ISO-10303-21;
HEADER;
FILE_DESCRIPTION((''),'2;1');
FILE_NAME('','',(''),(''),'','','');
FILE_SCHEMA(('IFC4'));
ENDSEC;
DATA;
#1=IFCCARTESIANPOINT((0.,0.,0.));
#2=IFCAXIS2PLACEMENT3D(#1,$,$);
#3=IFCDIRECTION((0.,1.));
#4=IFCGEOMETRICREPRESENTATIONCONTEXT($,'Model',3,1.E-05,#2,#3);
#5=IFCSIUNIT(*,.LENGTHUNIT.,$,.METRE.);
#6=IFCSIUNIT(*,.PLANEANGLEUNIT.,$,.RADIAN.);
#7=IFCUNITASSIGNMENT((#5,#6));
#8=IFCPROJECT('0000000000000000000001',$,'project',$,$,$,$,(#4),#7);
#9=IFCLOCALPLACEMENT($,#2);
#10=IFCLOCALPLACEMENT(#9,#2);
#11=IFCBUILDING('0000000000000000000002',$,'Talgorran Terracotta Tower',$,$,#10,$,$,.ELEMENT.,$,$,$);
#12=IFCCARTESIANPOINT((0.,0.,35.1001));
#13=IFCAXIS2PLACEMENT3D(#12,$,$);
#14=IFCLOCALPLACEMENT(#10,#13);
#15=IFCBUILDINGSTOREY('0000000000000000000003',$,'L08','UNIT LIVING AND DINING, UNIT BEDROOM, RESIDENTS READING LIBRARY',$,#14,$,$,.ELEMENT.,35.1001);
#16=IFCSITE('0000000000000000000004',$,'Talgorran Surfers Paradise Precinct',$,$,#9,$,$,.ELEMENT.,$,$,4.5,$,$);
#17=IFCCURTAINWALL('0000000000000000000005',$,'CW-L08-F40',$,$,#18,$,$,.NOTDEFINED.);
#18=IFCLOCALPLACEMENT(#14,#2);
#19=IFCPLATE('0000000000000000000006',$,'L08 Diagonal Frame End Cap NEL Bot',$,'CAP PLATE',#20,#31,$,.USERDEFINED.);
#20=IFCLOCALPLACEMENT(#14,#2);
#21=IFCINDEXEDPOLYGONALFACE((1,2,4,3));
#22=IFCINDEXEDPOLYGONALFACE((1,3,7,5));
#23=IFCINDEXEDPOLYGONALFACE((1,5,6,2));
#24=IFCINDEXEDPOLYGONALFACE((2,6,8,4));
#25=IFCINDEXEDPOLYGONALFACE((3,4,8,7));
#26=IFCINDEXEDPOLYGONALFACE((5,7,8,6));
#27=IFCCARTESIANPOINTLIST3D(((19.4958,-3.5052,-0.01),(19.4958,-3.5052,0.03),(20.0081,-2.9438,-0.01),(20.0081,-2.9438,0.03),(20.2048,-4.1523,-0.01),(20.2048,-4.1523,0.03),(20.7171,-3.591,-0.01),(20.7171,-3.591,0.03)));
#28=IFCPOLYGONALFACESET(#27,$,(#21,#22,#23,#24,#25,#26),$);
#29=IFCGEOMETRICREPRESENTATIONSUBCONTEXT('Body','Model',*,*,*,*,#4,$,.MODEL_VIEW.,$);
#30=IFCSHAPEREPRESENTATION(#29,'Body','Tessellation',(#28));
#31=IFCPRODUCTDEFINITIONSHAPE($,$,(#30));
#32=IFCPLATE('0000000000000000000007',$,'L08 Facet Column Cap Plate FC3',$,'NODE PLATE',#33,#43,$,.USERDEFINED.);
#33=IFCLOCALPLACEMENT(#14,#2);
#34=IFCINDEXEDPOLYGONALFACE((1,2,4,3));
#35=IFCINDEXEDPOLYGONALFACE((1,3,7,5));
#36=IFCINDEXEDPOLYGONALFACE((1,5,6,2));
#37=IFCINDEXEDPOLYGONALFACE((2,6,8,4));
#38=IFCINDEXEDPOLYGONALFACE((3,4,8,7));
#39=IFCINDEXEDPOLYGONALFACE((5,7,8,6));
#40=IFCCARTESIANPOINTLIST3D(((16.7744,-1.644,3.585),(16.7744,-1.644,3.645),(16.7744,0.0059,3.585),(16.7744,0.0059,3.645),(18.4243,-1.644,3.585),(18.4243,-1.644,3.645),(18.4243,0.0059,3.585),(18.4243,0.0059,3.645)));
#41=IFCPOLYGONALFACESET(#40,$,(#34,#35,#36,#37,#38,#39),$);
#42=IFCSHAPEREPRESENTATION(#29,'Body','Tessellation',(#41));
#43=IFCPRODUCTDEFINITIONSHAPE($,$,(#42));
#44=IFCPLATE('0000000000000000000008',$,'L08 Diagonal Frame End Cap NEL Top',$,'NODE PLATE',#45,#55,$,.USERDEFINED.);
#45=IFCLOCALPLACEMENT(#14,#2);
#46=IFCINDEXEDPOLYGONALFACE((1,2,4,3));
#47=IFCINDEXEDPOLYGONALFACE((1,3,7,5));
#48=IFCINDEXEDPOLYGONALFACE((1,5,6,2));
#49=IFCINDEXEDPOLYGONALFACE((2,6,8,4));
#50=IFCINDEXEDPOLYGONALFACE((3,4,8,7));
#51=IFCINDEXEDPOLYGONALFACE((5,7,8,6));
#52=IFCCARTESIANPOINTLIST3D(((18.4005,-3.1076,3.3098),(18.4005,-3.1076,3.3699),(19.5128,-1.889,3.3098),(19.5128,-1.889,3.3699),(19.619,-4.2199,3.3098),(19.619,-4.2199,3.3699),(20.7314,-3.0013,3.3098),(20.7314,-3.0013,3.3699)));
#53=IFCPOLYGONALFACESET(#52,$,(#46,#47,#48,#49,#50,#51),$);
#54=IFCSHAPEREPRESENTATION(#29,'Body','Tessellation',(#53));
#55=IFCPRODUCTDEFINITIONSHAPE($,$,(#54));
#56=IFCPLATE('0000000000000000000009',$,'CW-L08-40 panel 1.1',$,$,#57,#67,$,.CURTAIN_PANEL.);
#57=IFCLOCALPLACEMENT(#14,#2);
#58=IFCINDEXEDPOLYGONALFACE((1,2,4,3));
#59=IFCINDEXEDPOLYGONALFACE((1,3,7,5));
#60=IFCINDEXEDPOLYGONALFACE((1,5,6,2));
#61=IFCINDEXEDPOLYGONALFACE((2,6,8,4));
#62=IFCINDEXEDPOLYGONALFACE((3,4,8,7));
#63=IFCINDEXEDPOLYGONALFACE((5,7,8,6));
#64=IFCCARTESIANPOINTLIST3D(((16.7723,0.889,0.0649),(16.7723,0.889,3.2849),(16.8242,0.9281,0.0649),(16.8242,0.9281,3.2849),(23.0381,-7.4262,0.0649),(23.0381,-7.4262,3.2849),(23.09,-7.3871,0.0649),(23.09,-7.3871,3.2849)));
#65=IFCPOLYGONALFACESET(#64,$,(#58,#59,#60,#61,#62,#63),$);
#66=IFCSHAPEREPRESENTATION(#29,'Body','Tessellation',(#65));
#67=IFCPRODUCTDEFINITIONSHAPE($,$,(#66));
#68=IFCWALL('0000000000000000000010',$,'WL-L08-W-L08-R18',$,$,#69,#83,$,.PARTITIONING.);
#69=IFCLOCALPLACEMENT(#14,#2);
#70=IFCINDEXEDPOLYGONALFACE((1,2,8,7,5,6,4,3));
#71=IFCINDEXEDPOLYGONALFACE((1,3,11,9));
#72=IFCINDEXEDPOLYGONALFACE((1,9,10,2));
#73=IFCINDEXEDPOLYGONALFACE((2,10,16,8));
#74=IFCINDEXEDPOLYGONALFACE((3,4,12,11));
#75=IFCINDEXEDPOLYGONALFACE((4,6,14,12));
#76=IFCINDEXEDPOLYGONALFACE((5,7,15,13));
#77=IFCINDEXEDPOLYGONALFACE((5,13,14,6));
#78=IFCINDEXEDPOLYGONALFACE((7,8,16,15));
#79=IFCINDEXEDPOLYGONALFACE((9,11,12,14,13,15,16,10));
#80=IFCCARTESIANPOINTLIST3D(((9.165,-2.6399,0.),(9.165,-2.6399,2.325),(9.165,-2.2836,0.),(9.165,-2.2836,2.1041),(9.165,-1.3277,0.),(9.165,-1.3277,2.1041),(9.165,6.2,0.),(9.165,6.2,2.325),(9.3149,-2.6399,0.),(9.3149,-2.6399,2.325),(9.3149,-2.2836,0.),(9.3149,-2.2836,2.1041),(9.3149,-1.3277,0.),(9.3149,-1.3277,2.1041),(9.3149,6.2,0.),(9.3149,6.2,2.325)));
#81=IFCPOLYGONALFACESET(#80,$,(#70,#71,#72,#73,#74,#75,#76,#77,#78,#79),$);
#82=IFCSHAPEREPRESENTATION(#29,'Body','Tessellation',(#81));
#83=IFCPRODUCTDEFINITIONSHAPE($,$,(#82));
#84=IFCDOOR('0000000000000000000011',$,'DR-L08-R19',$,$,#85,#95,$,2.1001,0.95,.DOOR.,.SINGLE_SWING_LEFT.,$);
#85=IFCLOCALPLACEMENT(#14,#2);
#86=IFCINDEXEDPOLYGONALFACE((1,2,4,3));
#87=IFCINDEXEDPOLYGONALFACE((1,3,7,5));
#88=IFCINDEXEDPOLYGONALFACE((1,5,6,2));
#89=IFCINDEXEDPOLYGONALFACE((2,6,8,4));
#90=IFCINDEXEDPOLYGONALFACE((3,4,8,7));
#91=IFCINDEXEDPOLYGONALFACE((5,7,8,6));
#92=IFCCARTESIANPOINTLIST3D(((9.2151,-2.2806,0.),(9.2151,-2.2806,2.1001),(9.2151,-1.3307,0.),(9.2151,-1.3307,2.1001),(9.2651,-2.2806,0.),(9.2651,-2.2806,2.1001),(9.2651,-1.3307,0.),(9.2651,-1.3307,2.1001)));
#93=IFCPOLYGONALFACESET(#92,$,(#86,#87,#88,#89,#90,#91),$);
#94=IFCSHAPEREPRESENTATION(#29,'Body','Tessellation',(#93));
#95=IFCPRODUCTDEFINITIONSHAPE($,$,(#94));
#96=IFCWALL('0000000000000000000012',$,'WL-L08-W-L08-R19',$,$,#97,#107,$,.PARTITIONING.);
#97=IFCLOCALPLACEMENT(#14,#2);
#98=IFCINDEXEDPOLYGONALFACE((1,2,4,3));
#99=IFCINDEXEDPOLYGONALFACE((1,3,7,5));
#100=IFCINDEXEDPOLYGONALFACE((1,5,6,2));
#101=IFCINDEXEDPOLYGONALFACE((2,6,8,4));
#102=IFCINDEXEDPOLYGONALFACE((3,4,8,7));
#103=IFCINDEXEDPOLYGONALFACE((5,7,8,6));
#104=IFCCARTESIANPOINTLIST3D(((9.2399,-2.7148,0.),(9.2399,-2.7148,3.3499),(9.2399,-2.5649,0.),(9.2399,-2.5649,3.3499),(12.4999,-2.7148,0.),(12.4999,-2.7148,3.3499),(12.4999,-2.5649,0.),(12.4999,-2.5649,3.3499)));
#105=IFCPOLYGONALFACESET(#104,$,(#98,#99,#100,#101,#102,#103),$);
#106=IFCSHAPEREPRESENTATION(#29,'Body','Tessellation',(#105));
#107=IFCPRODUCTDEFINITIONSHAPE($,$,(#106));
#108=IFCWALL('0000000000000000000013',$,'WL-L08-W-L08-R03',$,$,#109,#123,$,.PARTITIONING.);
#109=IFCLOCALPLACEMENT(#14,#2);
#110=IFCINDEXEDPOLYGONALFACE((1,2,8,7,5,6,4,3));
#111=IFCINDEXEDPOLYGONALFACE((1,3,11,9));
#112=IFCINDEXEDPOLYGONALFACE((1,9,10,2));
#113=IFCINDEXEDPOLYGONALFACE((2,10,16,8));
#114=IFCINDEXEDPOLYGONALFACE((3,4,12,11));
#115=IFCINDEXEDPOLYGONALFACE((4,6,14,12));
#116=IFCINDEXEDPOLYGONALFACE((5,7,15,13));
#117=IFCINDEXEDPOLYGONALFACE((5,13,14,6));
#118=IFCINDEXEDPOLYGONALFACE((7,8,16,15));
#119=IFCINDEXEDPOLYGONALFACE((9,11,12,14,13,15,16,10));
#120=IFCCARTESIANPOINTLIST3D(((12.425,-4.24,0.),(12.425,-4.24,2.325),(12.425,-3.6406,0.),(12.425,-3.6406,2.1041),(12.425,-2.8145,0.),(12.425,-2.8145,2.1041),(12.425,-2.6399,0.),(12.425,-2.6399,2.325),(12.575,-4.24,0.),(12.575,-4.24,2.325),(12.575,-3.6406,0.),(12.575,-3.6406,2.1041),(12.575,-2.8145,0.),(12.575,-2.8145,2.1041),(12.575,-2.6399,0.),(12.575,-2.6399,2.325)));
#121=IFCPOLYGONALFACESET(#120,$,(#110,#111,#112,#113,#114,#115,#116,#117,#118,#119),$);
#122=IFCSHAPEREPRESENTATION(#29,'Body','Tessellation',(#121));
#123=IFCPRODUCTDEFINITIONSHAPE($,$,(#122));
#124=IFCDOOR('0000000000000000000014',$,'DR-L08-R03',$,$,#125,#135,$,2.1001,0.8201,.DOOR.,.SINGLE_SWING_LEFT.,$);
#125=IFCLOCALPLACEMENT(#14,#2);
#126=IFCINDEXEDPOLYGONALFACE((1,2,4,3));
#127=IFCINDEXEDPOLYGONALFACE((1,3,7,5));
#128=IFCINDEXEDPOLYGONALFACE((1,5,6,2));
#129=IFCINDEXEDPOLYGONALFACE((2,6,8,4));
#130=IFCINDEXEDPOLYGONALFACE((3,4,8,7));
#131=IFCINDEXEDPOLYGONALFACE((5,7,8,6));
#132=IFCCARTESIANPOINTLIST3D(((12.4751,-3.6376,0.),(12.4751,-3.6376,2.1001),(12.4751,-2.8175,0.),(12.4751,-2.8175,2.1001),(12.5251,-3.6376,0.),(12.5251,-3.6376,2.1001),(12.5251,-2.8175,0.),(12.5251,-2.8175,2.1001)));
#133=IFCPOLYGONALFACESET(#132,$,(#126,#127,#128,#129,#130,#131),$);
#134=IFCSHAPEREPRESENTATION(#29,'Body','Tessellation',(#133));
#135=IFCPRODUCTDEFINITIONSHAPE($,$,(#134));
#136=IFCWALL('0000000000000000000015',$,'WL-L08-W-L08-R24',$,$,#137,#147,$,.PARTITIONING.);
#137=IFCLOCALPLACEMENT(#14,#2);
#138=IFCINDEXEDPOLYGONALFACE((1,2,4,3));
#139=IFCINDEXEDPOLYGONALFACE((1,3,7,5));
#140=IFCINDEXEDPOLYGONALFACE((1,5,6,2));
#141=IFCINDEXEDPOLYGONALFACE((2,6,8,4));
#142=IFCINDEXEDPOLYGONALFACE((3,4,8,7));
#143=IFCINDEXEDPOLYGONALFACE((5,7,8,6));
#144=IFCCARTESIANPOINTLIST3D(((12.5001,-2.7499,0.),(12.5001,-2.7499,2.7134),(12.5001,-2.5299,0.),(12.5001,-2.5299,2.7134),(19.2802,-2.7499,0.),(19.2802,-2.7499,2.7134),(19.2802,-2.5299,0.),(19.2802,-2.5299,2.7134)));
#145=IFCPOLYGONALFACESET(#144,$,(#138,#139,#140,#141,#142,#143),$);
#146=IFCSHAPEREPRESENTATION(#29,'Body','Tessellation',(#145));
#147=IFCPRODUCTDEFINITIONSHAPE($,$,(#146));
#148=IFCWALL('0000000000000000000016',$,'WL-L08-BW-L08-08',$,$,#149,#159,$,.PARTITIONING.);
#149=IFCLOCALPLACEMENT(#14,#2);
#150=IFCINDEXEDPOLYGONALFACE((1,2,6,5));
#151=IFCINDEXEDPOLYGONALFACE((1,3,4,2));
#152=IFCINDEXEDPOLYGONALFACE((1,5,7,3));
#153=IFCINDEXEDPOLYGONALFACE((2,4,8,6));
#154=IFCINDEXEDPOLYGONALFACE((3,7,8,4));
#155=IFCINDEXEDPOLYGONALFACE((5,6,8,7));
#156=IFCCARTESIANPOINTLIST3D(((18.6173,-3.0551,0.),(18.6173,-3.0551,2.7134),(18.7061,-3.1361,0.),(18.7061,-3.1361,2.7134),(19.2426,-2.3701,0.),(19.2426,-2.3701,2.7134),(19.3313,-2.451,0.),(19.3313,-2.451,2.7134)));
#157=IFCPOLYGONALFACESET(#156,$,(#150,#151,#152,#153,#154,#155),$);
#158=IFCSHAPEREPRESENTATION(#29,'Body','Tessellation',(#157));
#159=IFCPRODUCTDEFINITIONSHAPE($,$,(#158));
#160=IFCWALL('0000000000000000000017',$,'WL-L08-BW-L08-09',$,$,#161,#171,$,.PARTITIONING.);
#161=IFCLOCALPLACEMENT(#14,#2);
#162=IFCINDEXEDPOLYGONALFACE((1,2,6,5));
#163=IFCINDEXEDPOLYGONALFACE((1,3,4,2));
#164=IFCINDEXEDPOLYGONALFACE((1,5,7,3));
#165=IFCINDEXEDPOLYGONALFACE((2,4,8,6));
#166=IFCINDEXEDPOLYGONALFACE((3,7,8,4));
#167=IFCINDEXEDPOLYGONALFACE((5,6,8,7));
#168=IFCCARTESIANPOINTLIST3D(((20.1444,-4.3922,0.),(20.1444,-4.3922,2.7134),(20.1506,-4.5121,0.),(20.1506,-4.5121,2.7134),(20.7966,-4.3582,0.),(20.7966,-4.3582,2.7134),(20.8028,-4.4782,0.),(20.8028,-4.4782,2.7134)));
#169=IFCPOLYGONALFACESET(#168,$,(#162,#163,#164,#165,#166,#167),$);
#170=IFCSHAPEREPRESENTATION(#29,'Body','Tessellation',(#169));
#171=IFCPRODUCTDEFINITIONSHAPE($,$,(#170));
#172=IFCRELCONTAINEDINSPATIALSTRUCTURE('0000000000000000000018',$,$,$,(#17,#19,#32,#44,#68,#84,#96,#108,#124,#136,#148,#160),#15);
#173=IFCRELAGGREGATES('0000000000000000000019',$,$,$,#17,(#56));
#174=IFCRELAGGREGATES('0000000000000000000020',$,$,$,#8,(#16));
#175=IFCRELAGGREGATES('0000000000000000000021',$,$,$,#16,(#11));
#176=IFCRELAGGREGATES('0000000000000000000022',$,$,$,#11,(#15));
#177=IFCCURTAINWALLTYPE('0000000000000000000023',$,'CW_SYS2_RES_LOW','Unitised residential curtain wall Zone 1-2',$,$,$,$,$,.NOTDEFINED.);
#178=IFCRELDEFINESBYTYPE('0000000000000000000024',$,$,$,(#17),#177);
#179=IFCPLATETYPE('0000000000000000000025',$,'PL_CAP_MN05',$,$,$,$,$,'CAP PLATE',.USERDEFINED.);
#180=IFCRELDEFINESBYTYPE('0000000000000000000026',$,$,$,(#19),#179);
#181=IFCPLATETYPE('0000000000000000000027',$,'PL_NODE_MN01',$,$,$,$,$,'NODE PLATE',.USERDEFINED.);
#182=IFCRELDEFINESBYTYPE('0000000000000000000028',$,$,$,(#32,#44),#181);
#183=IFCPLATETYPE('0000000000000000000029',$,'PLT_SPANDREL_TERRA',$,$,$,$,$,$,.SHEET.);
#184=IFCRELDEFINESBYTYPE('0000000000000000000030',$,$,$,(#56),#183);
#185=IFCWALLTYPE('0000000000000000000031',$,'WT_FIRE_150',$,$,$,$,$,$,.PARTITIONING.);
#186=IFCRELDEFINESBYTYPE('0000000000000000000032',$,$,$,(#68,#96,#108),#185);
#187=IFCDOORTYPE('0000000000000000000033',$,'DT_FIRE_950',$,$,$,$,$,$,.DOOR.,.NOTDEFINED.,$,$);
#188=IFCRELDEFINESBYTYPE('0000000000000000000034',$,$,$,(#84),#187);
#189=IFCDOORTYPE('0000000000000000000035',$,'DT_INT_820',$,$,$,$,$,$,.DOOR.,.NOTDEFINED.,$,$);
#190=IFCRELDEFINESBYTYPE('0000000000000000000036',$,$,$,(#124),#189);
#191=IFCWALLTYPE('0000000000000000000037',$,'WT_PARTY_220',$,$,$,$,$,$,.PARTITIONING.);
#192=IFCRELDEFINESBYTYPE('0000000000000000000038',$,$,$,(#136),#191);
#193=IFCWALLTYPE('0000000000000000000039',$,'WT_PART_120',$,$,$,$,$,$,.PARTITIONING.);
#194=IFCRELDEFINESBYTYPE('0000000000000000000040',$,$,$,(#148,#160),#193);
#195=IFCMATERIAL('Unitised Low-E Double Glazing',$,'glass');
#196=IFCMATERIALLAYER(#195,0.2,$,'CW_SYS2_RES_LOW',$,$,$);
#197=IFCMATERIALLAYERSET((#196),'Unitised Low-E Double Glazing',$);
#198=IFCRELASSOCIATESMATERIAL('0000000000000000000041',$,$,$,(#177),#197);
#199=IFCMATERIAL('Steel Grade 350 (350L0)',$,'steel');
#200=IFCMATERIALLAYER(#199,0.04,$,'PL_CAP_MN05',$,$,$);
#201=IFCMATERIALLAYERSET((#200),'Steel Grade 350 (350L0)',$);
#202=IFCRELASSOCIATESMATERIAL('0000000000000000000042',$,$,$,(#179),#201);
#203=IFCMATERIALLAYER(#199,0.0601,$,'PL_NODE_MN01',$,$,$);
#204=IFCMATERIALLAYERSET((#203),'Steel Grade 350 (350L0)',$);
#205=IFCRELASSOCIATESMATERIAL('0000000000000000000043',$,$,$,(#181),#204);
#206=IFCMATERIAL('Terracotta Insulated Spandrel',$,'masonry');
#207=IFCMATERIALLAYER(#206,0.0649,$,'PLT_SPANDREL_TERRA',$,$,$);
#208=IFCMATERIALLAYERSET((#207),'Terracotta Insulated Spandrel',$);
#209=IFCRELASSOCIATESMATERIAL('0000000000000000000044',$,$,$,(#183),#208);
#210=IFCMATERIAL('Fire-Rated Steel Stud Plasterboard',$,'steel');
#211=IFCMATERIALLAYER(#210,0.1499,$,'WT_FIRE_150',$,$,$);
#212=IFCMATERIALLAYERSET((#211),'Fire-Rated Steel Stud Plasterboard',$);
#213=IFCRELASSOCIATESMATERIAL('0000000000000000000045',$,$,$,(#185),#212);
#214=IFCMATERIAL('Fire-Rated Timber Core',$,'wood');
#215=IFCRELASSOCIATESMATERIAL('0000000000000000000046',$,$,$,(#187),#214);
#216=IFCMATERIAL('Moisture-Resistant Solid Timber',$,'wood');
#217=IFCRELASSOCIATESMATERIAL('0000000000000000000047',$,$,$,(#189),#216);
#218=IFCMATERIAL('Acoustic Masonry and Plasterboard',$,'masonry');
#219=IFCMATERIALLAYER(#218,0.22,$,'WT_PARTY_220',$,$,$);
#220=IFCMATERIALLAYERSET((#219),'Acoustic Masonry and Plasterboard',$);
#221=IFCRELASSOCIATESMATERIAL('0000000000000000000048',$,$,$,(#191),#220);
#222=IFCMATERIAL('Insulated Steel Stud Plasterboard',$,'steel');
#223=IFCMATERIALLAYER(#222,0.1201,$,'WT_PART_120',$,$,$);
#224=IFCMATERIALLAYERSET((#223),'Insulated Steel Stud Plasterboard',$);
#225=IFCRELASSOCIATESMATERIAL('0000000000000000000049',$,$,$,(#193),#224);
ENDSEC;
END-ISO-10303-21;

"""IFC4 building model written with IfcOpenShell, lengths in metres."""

from ifc_helpers import new_model, si_unit, direction, frame, frame_2d, origin, origin_2d, place, context, subcontext, project, spatial, rectangle, extrude, source, transform, mapped, material, layer, layer_set, type_object, type_shapes, element, fill, aggregate, save


model = new_model("IFC4")

# Units and contexts
model_context = context("Model", 3, precision=1e-05, world=origin(), true_north=direction((0.0, 1.0)))
body_context = subcontext(model_context, "Body", "Model", "MODEL_VIEW")
ifc_project = project(units=[si_unit("LENGTHUNIT", "METRE"), si_unit("PLANEANGLEUNIT", "RADIAN")], contexts=[model_context])

# Site, building, storey
site_placement = place(None, origin())
site = spatial("IfcSite", under=ifc_project, at=site_placement, Name="Talgorran Surfers Paradise Precinct", CompositionType="ELEMENT", RefElevation=4.5)
building_placement = place(site_placement, origin())
building = spatial("IfcBuilding", under=site, at=building_placement, Name="Talgorran Terracotta Tower", CompositionType="ELEMENT")
storey_placement = place(building_placement, frame((0.0, 0.0, 35.1001)))
storey = spatial("IfcBuildingStorey", under=building, at=storey_placement, Name="L08", Description="UNIT LIVING AND DINING, UNIT BEDROOM, RESIDENTS READING LIBRARY", CompositionType="ELEMENT", Elevation=35.1001)

# Shared definitions
ifc_material_1 = material(Name="Steel Grade 350 (350L0)", Category="steel")

# Curtain wall
ifc_material_2 = material(Name="Unitised Low-E Double Glazing", Category="glass")
ifc_layer_1 = layer(ifc_material_2, 0.2, Name="CW_SYS2_RES_LOW")
ifc_layer_set_1 = layer_set([ifc_layer_1], Name="Unitised Low-E Double Glazing")
curtain_wall_type = type_object("IfcCurtainWallType", Name="CW_SYS2_RES_LOW", Description="Unitised residential curtain wall Zone 1-2", PredefinedType="NOTDEFINED", material=ifc_layer_set_1)
curtain_wall_placement = place(storey_placement, origin())
curtain_wall = element("IfcCurtainWall", 1, at=curtain_wall_placement, inside=storey, type_object=curtain_wall_type, Name="CW-L08-F40", PredefinedType="NOTDEFINED")

# Plates
ifc_layer_2 = layer(ifc_material_1, 0.04, Name="PL_CAP_MN05")
ifc_layer_set_2 = layer_set([ifc_layer_2], Name="Steel Grade 350 (350L0)")
plate_type_1 = type_object("IfcPlateType", Name="PL_CAP_MN05", ElementType="CAP PLATE", PredefinedType="USERDEFINED", material=ifc_layer_set_2)
plate_1_placement = place(storey_placement, frame((20.1064, -3.5481, -0.01), z_axis=(0.0, 0.0, 1.0), x_axis=(-0.738573, 0.674173, 0.0)))
element("IfcPlate", 2, at=plate_1_placement, inside=storey, type_object=plate_type_1, Name="L08 Diagonal Frame End Cap NEL Bot", ObjectType="CAP PLATE", PredefinedType="USERDEFINED", context=body_context, shape_type="SweptSolid", body=[
    extrude(rectangle(XDim=0.96, YDim=0.76, at=origin_2d()), origin(), (0.0, 0.0, 1.0), 0.04),
])
ifc_layer_3 = layer(ifc_material_1, 0.0601, Name="PL_NODE_MN01")
ifc_layer_set_3 = layer_set([ifc_layer_3], Name="Steel Grade 350 (350L0)")
plate_type_2 = type_object("IfcPlateType", Name="PL_NODE_MN01", ElementType="NODE PLATE", PredefinedType="USERDEFINED", material=ifc_layer_set_3)
for number, where, z_axis, x_axis, name in (
    (3, (17.5994, -0.8191, 3.585), (0.0, 0.0, 1.0), (1.0, 0.0, 0.0), "L08 Facet Column Cap Plate FC3"),
    (4, (19.5659, -3.0544, 3.3098), (0.0, 0.0, 1.0), (-0.738573, 0.674173, 0.0), "L08 Diagonal Frame End Cap NEL Top"),
):
    element("IfcPlate", number, at=place(storey_placement, frame(where, z_axis=z_axis, x_axis=x_axis)), inside=storey, type_object=plate_type_2, Name=name, ObjectType="NODE PLATE", PredefinedType="USERDEFINED", context=body_context, shape_type="SweptSolid", body=[
        extrude(rectangle(XDim=1.6499, YDim=1.6499, at=origin_2d()), origin(), (0.0, 0.0, 1.0), 0.0601),
    ])

# Plate
ifc_material_3 = material(Name="Terracotta Insulated Spandrel", Category="masonry")
ifc_layer_4 = layer(ifc_material_3, 0.0649, Name="PLT_SPANDREL_TERRA")
ifc_layer_set_4 = layer_set([ifc_layer_4], Name="Terracotta Insulated Spandrel")
plate_type_3 = type_object("IfcPlateType", Name="PLT_SPANDREL_TERRA", PredefinedType="SHEET", material=ifc_layer_set_4)
shared_shape = source(origin(), body_context, "Body", "SweptSolid", [
    extrude(rectangle(XDim=10.4116, YDim=0.0649, at=origin_2d()), origin(), (0.0, 0.0, 1.0), 3.22),
])
type_shapes(plate_type_3, [shared_shape])
plate_2_placement = place(storey_placement, frame((19.9312, -3.249, 0.0649), z_axis=(0.0, 0.0, 1.0), x_axis=(-0.601805, 0.798643, 0.0)))
plate_2 = element("IfcPlate", 5, at=plate_2_placement, type_object=plate_type_3, Name="CW-L08-40 panel 1.1", PredefinedType="CURTAIN_PANEL", context=body_context, shape_type="MappedRepresentation", body=[
    mapped(shared_shape, transform((0.0, 0.0, 0.0), scale=1.0)),
])
aggregate(curtain_wall, [plate_2])

# Wall, opening, door
ifc_material_4 = material(Name="Fire-Rated Steel Stud Plasterboard", Category="steel")
ifc_layer_5 = layer(ifc_material_4, 0.1499, Name="WT_FIRE_150")
ifc_layer_set_5 = layer_set([ifc_layer_5], Name="Fire-Rated Steel Stud Plasterboard")
wall_type_1 = type_object("IfcWallType", Name="WT_FIRE_150", PredefinedType="PARTITIONING", material=ifc_layer_set_5)
wall_1_placement = place(storey_placement, frame((9.24, -2.6399, 0.0), z_axis=(0.0, 0.0, 1.0), x_axis=(0.0, 1.0, 0.0)))
wall_1 = element("IfcWall", 6, at=wall_1_placement, inside=storey, type_object=wall_type_1, Name="WL-L08-W-L08-R18", PredefinedType="PARTITIONING", context=body_context, shape_type="SweptSolid", body=[
    extrude(rectangle(XDim=8.8398, YDim=0.1499, at=frame_2d((4.4199, 0.0))), origin(), (0.0, 0.0, 1.0), 2.325),
])
opening_1_placement = place(wall_1_placement, frame((0.3591, 0.0, 0.0)))
opening_1 = element("IfcOpeningElement", 7, at=opening_1_placement, cuts=wall_1, PredefinedType="OPENING", context=body_context, shape_type="SweptSolid", body=[
    extrude(rectangle(XDim=0.956, YDim=2.1041, at=frame_2d((0.4751, 1.052))), frame((0.0, 0.085, 0.0), z_axis=(0.0, -1.0, 0.0), x_axis=(1.0, 0.0, 0.0)), (0.0, 0.0, 1.0), 0.1699),
])
ifc_material_5 = material(Name="Fire-Rated Timber Core", Category="wood")
door_type_1 = type_object("IfcDoorType", Name="DT_FIRE_950", OperationType="NOTDEFINED", PredefinedType="DOOR", material=ifc_material_5)
door_1_placement = place(opening_1_placement, origin())
door_1 = element("IfcDoor", 8, at=door_1_placement, inside=storey, type_object=door_type_1, Name="DR-L08-R19", OperationType="SINGLE_SWING_LEFT", OverallHeight=2.1001, OverallWidth=0.95, PredefinedType="DOOR", context=body_context, shape_type="SweptSolid", body=[
    extrude(rectangle(XDim=0.95, YDim=2.1001, at=frame_2d((0.4751, 1.05))), frame((0.0, 0.0249, 0.0), z_axis=(0.0, -1.0, 0.0), x_axis=(1.0, 0.0, 0.0)), (0.0, 0.0, 1.0), 0.05),
])
fill(opening_1, door_1)

# Wall
wall_2_placement = place(storey_placement, frame((9.24, -2.6399, 0.0), z_axis=(0.0, 0.0, 1.0), x_axis=(1.0, 0.0, 0.0)))
element("IfcWall", 9, at=wall_2_placement, inside=storey, type_object=wall_type_1, Name="WL-L08-W-L08-R19", PredefinedType="PARTITIONING", context=body_context, shape_type="SweptSolid", body=[
    extrude(rectangle(XDim=3.26, YDim=0.1499, at=frame_2d((1.6299, 0.0))), origin(), (0.0, 0.0, 1.0), 3.3499),
])

# Wall, opening, door
wall_3_placement = place(storey_placement, frame((12.5, -4.24, 0.0), z_axis=(0.0, 0.0, 1.0), x_axis=(0.0, 1.0, 0.0)))
wall_3 = element("IfcWall", 10, at=wall_3_placement, inside=storey, type_object=wall_type_1, Name="WL-L08-W-L08-R03", PredefinedType="PARTITIONING", context=body_context, shape_type="SweptSolid", body=[
    extrude(rectangle(XDim=1.6001, YDim=0.1499, at=frame_2d((0.8, 0.0))), origin(), (0.0, 0.0, 1.0), 2.325),
])
opening_2_placement = place(wall_3_placement, frame((0.6023, 0.0, 0.0)))
opening_2 = element("IfcOpeningElement", 11, at=opening_2_placement, cuts=wall_3, PredefinedType="OPENING", context=body_context, shape_type="SweptSolid", body=[
    extrude(rectangle(XDim=0.8261, YDim=2.1041, at=frame_2d((0.4102, 1.052))), frame((0.0, 0.085, 0.0), z_axis=(0.0, -1.0, 0.0), x_axis=(1.0, 0.0, 0.0)), (0.0, 0.0, 1.0), 0.1699),
])
ifc_material_6 = material(Name="Moisture-Resistant Solid Timber", Category="wood")
door_type_2 = type_object("IfcDoorType", Name="DT_INT_820", OperationType="NOTDEFINED", PredefinedType="DOOR", material=ifc_material_6)
door_2_placement = place(opening_2_placement, origin())
door_2 = element("IfcDoor", 12, at=door_2_placement, inside=storey, type_object=door_type_2, Name="DR-L08-R03", OperationType="SINGLE_SWING_LEFT", OverallHeight=2.1001, OverallWidth=0.8201, PredefinedType="DOOR", context=body_context, shape_type="SweptSolid", body=[
    extrude(rectangle(XDim=0.8201, YDim=2.1001, at=frame_2d((0.4102, 1.05))), frame((0.0, 0.0249, 0.0), z_axis=(0.0, -1.0, 0.0), x_axis=(1.0, 0.0, 0.0)), (0.0, 0.0, 1.0), 0.05),
])
fill(opening_2, door_2)

# Walls
ifc_material_7 = material(Name="Acoustic Masonry and Plasterboard", Category="masonry")
ifc_layer_6 = layer(ifc_material_7, 0.22, Name="WT_PARTY_220")
ifc_layer_set_6 = layer_set([ifc_layer_6], Name="Acoustic Masonry and Plasterboard")
wall_type_2 = type_object("IfcWallType", Name="WT_PARTY_220", PredefinedType="PARTITIONING", material=ifc_layer_set_6)
wall_4_placement = place(storey_placement, frame((12.5, -2.6399, 0.0), z_axis=(0.0, 0.0, 1.0), x_axis=(1.0, 0.0, 0.0)))
element("IfcWall", 13, at=wall_4_placement, inside=storey, type_object=wall_type_2, Name="WL-L08-W-L08-R24", PredefinedType="PARTITIONING", context=body_context, shape_type="SweptSolid", body=[
    extrude(rectangle(XDim=6.78, YDim=0.22, at=frame_2d((3.3901, 0.0))), origin(), (0.0, 0.0, 1.0), 2.7134),
])
ifc_material_8 = material(Name="Insulated Steel Stud Plasterboard", Category="steel")
ifc_layer_7 = layer(ifc_material_8, 0.1201, Name="WT_PART_120")
ifc_layer_set_7 = layer_set([ifc_layer_7], Name="Insulated Steel Stud Plasterboard")
wall_type_3 = type_object("IfcWallType", Name="WT_PART_120", PredefinedType="PARTITIONING", material=ifc_layer_set_7)
wall_5_placement = place(storey_placement, frame((18.6616, -3.0957, 0.0), z_axis=(0.0, 0.0, 1.0), x_axis=(0.674126, 0.738617, 0.0)))
element("IfcWall", 14, at=wall_5_placement, inside=storey, type_object=wall_type_3, Name="WL-L08-BW-L08-08", PredefinedType="PARTITIONING", context=body_context, shape_type="SweptSolid", body=[
    extrude(rectangle(XDim=0.9275, YDim=0.1201, at=frame_2d((0.4639, 0.0))), origin(), (0.0, 0.0, 1.0), 2.7134),
])
wall_6_placement = place(storey_placement, frame((20.7998, -4.4182, 0.0), z_axis=(0.0, 0.0, 1.0), x_axis=(-0.998649, -0.05197, 0.0)))
element("IfcWall", 15, at=wall_6_placement, inside=storey, type_object=wall_type_3, Name="WL-L08-BW-L08-09", PredefinedType="PARTITIONING", context=body_context, shape_type="SweptSolid", body=[
    extrude(rectangle(XDim=0.6531, YDim=0.1201, at=frame_2d((0.3267, 0.0))), origin(), (0.0, 0.0, 1.0), 2.7134),
])

save(model, "model.ifc")
